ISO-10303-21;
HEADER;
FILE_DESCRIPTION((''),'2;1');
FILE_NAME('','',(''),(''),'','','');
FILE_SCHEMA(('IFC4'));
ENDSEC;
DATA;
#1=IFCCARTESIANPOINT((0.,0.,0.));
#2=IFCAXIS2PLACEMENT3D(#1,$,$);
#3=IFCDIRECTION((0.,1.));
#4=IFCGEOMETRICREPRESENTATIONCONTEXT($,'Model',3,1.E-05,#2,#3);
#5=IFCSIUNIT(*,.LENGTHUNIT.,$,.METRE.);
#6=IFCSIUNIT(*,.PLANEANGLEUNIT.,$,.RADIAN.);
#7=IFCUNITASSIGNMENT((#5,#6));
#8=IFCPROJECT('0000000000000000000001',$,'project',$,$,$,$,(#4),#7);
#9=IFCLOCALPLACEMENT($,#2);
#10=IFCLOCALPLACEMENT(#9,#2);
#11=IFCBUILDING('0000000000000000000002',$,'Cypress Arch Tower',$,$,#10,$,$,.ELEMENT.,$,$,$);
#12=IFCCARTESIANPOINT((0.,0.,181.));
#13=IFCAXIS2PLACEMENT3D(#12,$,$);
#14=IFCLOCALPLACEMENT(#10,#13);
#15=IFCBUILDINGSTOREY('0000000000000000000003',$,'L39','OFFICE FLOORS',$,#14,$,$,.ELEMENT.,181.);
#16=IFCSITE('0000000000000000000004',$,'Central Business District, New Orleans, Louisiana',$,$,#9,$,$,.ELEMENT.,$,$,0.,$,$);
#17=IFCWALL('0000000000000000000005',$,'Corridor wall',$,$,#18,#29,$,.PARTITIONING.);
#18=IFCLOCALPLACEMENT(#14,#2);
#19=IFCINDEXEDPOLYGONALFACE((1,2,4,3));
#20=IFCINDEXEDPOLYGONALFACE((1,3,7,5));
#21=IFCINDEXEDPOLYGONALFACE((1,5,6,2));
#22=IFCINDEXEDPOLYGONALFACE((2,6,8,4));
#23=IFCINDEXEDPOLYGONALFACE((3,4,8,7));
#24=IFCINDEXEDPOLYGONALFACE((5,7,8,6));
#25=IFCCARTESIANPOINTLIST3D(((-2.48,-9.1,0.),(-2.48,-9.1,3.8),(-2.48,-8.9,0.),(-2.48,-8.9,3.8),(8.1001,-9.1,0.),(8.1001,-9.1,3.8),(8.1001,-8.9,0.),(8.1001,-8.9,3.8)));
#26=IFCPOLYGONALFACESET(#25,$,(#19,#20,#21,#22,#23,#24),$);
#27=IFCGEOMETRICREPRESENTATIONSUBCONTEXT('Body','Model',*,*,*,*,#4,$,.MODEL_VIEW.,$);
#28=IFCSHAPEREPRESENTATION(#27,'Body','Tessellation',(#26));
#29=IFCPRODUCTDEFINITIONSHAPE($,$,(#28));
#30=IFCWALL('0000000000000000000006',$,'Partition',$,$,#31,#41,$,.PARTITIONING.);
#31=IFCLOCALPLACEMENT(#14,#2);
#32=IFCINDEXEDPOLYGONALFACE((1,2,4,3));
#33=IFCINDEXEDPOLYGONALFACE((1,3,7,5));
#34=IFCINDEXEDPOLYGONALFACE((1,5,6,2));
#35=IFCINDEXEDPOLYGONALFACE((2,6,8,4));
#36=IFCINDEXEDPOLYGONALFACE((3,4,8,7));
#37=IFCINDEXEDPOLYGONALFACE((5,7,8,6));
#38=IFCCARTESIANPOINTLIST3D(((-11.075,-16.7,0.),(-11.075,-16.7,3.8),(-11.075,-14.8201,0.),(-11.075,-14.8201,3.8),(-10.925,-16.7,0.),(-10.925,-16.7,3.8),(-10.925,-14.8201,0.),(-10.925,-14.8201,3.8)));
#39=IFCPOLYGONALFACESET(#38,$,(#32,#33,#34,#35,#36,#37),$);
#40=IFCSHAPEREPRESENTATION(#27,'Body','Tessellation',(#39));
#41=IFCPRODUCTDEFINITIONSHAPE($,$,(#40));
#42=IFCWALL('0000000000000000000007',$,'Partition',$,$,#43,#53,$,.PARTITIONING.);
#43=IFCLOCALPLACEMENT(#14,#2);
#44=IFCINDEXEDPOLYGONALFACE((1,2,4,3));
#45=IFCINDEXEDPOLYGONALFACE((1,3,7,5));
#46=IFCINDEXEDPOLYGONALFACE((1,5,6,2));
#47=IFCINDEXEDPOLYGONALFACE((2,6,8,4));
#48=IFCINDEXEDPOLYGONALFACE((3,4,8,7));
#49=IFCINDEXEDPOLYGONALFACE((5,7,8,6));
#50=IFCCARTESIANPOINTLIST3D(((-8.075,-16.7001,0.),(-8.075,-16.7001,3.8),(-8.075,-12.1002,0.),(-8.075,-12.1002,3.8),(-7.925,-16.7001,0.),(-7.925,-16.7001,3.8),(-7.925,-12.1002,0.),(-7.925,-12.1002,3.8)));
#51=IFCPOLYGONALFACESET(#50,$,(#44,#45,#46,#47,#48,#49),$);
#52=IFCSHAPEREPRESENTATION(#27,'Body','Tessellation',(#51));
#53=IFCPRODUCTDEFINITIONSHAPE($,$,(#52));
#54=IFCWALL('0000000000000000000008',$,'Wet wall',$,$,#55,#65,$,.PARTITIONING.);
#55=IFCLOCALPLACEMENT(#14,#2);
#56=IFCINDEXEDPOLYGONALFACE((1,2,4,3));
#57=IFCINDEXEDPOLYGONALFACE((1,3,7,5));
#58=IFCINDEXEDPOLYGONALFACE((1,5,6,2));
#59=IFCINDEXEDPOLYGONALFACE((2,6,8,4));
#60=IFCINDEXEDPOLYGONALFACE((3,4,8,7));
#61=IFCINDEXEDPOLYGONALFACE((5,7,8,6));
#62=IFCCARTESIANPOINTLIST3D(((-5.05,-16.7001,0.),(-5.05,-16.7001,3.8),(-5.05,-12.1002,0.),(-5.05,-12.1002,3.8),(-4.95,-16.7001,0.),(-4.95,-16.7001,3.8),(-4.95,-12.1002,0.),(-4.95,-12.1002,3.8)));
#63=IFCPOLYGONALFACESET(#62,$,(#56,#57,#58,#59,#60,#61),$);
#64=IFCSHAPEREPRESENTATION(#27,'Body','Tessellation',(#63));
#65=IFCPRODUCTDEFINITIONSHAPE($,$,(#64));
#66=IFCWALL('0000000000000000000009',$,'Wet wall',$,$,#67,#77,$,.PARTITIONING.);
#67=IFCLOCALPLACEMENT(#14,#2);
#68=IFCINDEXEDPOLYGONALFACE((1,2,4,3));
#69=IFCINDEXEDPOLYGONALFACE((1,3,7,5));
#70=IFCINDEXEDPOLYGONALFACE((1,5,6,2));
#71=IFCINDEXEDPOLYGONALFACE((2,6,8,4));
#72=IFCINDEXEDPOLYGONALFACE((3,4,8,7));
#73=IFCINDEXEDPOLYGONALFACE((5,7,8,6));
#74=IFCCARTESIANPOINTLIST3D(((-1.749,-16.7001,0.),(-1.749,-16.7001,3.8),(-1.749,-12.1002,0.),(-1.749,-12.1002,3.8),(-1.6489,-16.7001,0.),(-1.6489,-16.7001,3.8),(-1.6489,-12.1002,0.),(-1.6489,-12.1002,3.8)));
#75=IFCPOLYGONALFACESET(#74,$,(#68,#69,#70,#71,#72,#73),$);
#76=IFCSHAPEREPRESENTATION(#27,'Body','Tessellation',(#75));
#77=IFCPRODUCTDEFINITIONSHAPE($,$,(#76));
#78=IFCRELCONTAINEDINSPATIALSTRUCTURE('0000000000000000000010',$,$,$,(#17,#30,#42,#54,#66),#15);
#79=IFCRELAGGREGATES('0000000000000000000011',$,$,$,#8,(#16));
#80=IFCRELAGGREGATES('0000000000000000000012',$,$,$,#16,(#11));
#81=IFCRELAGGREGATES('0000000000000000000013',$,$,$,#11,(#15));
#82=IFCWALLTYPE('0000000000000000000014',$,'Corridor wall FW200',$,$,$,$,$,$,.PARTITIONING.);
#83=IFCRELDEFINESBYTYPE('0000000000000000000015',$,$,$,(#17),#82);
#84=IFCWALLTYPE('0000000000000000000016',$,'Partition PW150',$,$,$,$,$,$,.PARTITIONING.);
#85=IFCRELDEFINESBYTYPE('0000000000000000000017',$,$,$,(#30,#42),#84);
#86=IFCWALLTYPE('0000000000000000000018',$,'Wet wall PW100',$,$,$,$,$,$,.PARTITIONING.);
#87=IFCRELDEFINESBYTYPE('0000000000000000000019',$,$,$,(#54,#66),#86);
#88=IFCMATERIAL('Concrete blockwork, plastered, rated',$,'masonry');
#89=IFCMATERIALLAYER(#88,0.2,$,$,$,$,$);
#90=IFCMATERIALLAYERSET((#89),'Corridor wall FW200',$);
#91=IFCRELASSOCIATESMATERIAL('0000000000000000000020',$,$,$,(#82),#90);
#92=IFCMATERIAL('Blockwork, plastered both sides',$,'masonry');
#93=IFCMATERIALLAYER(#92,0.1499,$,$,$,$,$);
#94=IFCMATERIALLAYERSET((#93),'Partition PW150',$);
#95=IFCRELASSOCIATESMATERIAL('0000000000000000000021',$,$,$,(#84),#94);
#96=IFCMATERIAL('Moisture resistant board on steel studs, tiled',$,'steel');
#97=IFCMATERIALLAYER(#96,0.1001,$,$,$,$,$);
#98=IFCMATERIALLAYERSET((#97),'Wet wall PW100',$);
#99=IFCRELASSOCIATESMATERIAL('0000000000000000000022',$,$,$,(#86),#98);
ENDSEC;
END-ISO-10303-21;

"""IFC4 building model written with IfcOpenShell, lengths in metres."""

from ifc_helpers import new_model, si_unit, direction, frame, frame_2d, origin, place, context, subcontext, project, spatial, rectangle, extrude, material, layer, layer_set, type_object, element, save


model = new_model("IFC4")

# Units and contexts
model_context = context("Model", 3, precision=1e-05, world=origin(), true_north=direction((0.0, 1.0)))
body_context = subcontext(model_context, "Body", "Model", "MODEL_VIEW")
ifc_project = project(units=[si_unit("LENGTHUNIT", "METRE"), si_unit("PLANEANGLEUNIT", "RADIAN")], contexts=[model_context])

# Site, building, storey
site_placement = place(None, origin())
site = spatial("IfcSite", under=ifc_project, at=site_placement, Name="Central Business District, New Orleans, Louisiana", CompositionType="ELEMENT", RefElevation=0.0)
building_placement = place(site_placement, origin())
building = spatial("IfcBuilding", under=site, at=building_placement, Name="Cypress Arch Tower", CompositionType="ELEMENT")
storey_placement = place(building_placement, frame((0.0, 0.0, 181.0)))
storey = spatial("IfcBuildingStorey", under=building, at=storey_placement, Name="L39", Description="OFFICE FLOORS", CompositionType="ELEMENT", Elevation=181.0)

# Shared definitions
ifc_material_1 = material(Name="Concrete blockwork, plastered, rated", Category="masonry")
ifc_layer_1 = layer(ifc_material_1, 0.2)
ifc_layer_set_1 = layer_set([ifc_layer_1], Name="Corridor wall FW200")
wall_type_1 = type_object("IfcWallType", Name="Corridor wall FW200", PredefinedType="PARTITIONING", material=ifc_layer_set_1)

# Walls
wall_1_placement = place(storey_placement, frame((-2.48, -9.0, 0.0), z_axis=(0.0, 0.0, 1.0), x_axis=(1.0, 0.0, 0.0)))
element("IfcWall", 1, at=wall_1_placement, inside=storey, type_object=wall_type_1, Name="Corridor wall", PredefinedType="PARTITIONING", context=body_context, shape_type="SweptSolid", body=[
    extrude(rectangle(XDim=10.5801, YDim=0.2, at=frame_2d((5.29, 0.0))), origin(), (0.0, 0.0, 1.0), 3.8),
])
ifc_material_2 = material(Name="Blockwork, plastered both sides", Category="masonry")
ifc_layer_2 = layer(ifc_material_2, 0.1499)
ifc_layer_set_2 = layer_set([ifc_layer_2], Name="Partition PW150")
wall_type_2 = type_object("IfcWallType", Name="Partition PW150", PredefinedType="PARTITIONING", material=ifc_layer_set_2)
wall_2_placement = place(storey_placement, frame((-11.0, -16.7, 0.0), z_axis=(0.0, 0.0, 1.0), x_axis=(0.0, 1.0, 0.0)))
element("IfcWall", 2, at=wall_2_placement, inside=storey, type_object=wall_type_2, Name="Partition", PredefinedType="PARTITIONING", context=body_context, shape_type="SweptSolid", body=[
    extrude(rectangle(XDim=1.8799, YDim=0.1499, at=frame_2d((0.9399, 0.0))), origin(), (0.0, 0.0, 1.0), 3.8),
])
wall_3_placement = place(storey_placement, frame((-8.0, -16.7, 0.0), z_axis=(0.0, 0.0, 1.0), x_axis=(0.0, 1.0, 0.0)))
element("IfcWall", 3, at=wall_3_placement, inside=storey, type_object=wall_type_2, Name="Partition", PredefinedType="PARTITIONING", context=body_context, shape_type="SweptSolid", body=[
    extrude(rectangle(XDim=4.5999, YDim=0.1499, at=frame_2d((2.2998, 0.0))), origin(), (0.0, 0.0, 1.0), 3.8),
])
ifc_material_3 = material(Name="Moisture resistant board on steel studs, tiled", Category="steel")
ifc_layer_3 = layer(ifc_material_3, 0.1001)
ifc_layer_set_3 = layer_set([ifc_layer_3], Name="Wet wall PW100")
wall_type_3 = type_object("IfcWallType", Name="Wet wall PW100", PredefinedType="PARTITIONING", material=ifc_layer_set_3)
for number, where, z_axis, x_axis, name in (
    (4, (-5.0, -16.7, 0.0), (0.0, 0.0, 1.0), (0.0, 1.0, 0.0), "Wet wall"),
    (5, (-1.699, -16.7, 0.0), (0.0, 0.0, 1.0), (0.0, 1.0, 0.0), "Wet wall"),
):
    element("IfcWall", number, at=place(storey_placement, frame(where, z_axis=z_axis, x_axis=x_axis)), inside=storey, type_object=wall_type_3, Name=name, PredefinedType="PARTITIONING", context=body_context, shape_type="SweptSolid", body=[
        extrude(rectangle(XDim=4.5999, YDim=0.1001, at=frame_2d((2.2998, 0.0))), origin(), (0.0, 0.0, 1.0), 3.8),
    ])

save(model, "model.ifc")
